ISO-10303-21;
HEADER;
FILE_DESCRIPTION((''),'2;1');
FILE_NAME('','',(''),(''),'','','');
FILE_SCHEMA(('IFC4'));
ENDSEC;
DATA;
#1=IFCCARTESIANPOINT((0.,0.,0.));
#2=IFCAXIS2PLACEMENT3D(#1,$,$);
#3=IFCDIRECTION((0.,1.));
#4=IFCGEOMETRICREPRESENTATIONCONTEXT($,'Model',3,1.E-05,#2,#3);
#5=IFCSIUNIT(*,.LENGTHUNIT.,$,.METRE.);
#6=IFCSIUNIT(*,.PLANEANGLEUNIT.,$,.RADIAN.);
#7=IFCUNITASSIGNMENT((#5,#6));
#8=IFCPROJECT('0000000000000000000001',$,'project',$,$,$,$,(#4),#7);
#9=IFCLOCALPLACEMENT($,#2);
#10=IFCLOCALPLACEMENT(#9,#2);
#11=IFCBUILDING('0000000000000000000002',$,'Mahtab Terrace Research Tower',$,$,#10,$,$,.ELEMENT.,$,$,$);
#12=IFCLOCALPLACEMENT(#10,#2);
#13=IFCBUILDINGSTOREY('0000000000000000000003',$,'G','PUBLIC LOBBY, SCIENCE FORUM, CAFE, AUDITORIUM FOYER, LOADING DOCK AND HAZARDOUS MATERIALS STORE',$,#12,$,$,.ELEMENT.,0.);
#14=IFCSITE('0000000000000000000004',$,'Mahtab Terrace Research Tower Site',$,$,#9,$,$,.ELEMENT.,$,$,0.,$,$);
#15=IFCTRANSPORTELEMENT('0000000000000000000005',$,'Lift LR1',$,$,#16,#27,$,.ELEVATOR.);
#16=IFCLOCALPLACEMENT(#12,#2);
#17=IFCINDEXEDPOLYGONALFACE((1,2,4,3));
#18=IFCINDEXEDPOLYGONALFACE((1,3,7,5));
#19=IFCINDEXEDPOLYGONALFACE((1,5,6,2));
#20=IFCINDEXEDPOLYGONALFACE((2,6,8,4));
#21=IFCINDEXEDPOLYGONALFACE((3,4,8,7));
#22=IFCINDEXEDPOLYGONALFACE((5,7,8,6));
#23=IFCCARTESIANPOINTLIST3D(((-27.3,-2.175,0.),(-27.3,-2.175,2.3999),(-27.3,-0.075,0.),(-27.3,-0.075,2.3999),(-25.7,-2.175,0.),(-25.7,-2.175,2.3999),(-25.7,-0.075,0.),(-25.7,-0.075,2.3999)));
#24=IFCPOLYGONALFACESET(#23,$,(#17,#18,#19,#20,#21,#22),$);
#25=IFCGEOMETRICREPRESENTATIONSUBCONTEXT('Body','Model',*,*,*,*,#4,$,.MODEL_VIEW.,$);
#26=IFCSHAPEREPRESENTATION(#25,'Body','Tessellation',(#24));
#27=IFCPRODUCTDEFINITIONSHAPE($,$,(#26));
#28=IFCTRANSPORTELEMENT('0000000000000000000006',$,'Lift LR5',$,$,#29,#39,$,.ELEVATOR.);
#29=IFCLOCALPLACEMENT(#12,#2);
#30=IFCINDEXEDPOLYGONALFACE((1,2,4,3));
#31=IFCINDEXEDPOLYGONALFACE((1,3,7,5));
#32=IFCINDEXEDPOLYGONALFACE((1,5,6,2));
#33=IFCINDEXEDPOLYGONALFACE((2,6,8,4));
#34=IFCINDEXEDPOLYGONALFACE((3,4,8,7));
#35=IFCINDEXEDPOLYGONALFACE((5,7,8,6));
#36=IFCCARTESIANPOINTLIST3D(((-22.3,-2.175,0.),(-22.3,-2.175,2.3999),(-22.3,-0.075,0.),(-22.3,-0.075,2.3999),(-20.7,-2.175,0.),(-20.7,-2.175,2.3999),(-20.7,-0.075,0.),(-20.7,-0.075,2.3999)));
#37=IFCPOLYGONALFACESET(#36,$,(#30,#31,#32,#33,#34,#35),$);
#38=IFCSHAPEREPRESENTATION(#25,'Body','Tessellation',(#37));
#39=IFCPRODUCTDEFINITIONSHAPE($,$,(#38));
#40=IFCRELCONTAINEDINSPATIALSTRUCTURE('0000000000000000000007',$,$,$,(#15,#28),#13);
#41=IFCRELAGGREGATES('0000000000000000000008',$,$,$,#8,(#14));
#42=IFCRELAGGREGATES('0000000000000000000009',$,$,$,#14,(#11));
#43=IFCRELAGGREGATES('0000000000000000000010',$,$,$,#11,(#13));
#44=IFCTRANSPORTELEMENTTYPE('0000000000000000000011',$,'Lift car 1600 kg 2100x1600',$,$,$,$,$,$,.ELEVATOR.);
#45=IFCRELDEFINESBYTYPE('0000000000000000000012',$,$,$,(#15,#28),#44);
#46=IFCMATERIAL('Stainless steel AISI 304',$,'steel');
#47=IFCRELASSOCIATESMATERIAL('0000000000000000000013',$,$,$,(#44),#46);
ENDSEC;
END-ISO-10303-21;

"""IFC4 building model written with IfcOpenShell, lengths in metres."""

from ifc_helpers import new_model, si_unit, direction, frame, origin, origin_2d, place, context, subcontext, project, spatial, rectangle, extrude, material, type_object, element, save


model = new_model("IFC4")

# Units and contexts
model_context = context("Model", 3, precision=1e-05, world=origin(), true_north=direction((0.0, 1.0)))
body_context = subcontext(model_context, "Body", "Model", "MODEL_VIEW")
ifc_project = project(units=[si_unit("LENGTHUNIT", "METRE"), si_unit("PLANEANGLEUNIT", "RADIAN")], contexts=[model_context])

# Site, building, storey
site_placement = place(None, origin())
site = spatial("IfcSite", under=ifc_project, at=site_placement, Name="Mahtab Terrace Research Tower Site", CompositionType="ELEMENT", RefElevation=0.0)
building_placement = place(site_placement, origin())
building = spatial("IfcBuilding", under=site, at=building_placement, Name="Mahtab Terrace Research Tower", CompositionType="ELEMENT")
storey_placement = place(building_placement, origin())
storey = spatial("IfcBuildingStorey", under=building, at=storey_placement, Name="G", Description="PUBLIC LOBBY, SCIENCE FORUM, CAFE, AUDITORIUM FOYER, LOADING DOCK AND HAZARDOUS MATERIALS STORE", CompositionType="ELEMENT", Elevation=0.0)

# Shared definitions
ifc_material_1 = material(Name="Stainless steel AISI 304", Category="steel")

# Transport elements
transport_element_type = type_object("IfcTransportElementType", Name="Lift car 1600 kg 2100x1600", PredefinedType="ELEVATOR", material=ifc_material_1)
for number, where, z_axis, x_axis, name in (
    (1, (-26.5, -1.125, 0.0), (0.0, 0.0, 1.0), (1.0, 0.0, 0.0), "Lift LR1"),
    (2, (-21.5, -1.125, 0.0), (0.0, 0.0, 1.0), (1.0, 0.0, 0.0), "Lift LR5"),
):
    element("IfcTransportElement", number, at=place(storey_placement, frame(where, z_axis=z_axis, x_axis=x_axis)), inside=storey, type_object=transport_element_type, Name=name, PredefinedType="ELEVATOR", context=body_context, shape_type="SweptSolid", body=[
        extrude(rectangle(XDim=1.6001, YDim=2.1001, at=origin_2d()), origin(), (0.0, 0.0, 1.0), 2.3999),
    ])

save(model, "model.ifc")
